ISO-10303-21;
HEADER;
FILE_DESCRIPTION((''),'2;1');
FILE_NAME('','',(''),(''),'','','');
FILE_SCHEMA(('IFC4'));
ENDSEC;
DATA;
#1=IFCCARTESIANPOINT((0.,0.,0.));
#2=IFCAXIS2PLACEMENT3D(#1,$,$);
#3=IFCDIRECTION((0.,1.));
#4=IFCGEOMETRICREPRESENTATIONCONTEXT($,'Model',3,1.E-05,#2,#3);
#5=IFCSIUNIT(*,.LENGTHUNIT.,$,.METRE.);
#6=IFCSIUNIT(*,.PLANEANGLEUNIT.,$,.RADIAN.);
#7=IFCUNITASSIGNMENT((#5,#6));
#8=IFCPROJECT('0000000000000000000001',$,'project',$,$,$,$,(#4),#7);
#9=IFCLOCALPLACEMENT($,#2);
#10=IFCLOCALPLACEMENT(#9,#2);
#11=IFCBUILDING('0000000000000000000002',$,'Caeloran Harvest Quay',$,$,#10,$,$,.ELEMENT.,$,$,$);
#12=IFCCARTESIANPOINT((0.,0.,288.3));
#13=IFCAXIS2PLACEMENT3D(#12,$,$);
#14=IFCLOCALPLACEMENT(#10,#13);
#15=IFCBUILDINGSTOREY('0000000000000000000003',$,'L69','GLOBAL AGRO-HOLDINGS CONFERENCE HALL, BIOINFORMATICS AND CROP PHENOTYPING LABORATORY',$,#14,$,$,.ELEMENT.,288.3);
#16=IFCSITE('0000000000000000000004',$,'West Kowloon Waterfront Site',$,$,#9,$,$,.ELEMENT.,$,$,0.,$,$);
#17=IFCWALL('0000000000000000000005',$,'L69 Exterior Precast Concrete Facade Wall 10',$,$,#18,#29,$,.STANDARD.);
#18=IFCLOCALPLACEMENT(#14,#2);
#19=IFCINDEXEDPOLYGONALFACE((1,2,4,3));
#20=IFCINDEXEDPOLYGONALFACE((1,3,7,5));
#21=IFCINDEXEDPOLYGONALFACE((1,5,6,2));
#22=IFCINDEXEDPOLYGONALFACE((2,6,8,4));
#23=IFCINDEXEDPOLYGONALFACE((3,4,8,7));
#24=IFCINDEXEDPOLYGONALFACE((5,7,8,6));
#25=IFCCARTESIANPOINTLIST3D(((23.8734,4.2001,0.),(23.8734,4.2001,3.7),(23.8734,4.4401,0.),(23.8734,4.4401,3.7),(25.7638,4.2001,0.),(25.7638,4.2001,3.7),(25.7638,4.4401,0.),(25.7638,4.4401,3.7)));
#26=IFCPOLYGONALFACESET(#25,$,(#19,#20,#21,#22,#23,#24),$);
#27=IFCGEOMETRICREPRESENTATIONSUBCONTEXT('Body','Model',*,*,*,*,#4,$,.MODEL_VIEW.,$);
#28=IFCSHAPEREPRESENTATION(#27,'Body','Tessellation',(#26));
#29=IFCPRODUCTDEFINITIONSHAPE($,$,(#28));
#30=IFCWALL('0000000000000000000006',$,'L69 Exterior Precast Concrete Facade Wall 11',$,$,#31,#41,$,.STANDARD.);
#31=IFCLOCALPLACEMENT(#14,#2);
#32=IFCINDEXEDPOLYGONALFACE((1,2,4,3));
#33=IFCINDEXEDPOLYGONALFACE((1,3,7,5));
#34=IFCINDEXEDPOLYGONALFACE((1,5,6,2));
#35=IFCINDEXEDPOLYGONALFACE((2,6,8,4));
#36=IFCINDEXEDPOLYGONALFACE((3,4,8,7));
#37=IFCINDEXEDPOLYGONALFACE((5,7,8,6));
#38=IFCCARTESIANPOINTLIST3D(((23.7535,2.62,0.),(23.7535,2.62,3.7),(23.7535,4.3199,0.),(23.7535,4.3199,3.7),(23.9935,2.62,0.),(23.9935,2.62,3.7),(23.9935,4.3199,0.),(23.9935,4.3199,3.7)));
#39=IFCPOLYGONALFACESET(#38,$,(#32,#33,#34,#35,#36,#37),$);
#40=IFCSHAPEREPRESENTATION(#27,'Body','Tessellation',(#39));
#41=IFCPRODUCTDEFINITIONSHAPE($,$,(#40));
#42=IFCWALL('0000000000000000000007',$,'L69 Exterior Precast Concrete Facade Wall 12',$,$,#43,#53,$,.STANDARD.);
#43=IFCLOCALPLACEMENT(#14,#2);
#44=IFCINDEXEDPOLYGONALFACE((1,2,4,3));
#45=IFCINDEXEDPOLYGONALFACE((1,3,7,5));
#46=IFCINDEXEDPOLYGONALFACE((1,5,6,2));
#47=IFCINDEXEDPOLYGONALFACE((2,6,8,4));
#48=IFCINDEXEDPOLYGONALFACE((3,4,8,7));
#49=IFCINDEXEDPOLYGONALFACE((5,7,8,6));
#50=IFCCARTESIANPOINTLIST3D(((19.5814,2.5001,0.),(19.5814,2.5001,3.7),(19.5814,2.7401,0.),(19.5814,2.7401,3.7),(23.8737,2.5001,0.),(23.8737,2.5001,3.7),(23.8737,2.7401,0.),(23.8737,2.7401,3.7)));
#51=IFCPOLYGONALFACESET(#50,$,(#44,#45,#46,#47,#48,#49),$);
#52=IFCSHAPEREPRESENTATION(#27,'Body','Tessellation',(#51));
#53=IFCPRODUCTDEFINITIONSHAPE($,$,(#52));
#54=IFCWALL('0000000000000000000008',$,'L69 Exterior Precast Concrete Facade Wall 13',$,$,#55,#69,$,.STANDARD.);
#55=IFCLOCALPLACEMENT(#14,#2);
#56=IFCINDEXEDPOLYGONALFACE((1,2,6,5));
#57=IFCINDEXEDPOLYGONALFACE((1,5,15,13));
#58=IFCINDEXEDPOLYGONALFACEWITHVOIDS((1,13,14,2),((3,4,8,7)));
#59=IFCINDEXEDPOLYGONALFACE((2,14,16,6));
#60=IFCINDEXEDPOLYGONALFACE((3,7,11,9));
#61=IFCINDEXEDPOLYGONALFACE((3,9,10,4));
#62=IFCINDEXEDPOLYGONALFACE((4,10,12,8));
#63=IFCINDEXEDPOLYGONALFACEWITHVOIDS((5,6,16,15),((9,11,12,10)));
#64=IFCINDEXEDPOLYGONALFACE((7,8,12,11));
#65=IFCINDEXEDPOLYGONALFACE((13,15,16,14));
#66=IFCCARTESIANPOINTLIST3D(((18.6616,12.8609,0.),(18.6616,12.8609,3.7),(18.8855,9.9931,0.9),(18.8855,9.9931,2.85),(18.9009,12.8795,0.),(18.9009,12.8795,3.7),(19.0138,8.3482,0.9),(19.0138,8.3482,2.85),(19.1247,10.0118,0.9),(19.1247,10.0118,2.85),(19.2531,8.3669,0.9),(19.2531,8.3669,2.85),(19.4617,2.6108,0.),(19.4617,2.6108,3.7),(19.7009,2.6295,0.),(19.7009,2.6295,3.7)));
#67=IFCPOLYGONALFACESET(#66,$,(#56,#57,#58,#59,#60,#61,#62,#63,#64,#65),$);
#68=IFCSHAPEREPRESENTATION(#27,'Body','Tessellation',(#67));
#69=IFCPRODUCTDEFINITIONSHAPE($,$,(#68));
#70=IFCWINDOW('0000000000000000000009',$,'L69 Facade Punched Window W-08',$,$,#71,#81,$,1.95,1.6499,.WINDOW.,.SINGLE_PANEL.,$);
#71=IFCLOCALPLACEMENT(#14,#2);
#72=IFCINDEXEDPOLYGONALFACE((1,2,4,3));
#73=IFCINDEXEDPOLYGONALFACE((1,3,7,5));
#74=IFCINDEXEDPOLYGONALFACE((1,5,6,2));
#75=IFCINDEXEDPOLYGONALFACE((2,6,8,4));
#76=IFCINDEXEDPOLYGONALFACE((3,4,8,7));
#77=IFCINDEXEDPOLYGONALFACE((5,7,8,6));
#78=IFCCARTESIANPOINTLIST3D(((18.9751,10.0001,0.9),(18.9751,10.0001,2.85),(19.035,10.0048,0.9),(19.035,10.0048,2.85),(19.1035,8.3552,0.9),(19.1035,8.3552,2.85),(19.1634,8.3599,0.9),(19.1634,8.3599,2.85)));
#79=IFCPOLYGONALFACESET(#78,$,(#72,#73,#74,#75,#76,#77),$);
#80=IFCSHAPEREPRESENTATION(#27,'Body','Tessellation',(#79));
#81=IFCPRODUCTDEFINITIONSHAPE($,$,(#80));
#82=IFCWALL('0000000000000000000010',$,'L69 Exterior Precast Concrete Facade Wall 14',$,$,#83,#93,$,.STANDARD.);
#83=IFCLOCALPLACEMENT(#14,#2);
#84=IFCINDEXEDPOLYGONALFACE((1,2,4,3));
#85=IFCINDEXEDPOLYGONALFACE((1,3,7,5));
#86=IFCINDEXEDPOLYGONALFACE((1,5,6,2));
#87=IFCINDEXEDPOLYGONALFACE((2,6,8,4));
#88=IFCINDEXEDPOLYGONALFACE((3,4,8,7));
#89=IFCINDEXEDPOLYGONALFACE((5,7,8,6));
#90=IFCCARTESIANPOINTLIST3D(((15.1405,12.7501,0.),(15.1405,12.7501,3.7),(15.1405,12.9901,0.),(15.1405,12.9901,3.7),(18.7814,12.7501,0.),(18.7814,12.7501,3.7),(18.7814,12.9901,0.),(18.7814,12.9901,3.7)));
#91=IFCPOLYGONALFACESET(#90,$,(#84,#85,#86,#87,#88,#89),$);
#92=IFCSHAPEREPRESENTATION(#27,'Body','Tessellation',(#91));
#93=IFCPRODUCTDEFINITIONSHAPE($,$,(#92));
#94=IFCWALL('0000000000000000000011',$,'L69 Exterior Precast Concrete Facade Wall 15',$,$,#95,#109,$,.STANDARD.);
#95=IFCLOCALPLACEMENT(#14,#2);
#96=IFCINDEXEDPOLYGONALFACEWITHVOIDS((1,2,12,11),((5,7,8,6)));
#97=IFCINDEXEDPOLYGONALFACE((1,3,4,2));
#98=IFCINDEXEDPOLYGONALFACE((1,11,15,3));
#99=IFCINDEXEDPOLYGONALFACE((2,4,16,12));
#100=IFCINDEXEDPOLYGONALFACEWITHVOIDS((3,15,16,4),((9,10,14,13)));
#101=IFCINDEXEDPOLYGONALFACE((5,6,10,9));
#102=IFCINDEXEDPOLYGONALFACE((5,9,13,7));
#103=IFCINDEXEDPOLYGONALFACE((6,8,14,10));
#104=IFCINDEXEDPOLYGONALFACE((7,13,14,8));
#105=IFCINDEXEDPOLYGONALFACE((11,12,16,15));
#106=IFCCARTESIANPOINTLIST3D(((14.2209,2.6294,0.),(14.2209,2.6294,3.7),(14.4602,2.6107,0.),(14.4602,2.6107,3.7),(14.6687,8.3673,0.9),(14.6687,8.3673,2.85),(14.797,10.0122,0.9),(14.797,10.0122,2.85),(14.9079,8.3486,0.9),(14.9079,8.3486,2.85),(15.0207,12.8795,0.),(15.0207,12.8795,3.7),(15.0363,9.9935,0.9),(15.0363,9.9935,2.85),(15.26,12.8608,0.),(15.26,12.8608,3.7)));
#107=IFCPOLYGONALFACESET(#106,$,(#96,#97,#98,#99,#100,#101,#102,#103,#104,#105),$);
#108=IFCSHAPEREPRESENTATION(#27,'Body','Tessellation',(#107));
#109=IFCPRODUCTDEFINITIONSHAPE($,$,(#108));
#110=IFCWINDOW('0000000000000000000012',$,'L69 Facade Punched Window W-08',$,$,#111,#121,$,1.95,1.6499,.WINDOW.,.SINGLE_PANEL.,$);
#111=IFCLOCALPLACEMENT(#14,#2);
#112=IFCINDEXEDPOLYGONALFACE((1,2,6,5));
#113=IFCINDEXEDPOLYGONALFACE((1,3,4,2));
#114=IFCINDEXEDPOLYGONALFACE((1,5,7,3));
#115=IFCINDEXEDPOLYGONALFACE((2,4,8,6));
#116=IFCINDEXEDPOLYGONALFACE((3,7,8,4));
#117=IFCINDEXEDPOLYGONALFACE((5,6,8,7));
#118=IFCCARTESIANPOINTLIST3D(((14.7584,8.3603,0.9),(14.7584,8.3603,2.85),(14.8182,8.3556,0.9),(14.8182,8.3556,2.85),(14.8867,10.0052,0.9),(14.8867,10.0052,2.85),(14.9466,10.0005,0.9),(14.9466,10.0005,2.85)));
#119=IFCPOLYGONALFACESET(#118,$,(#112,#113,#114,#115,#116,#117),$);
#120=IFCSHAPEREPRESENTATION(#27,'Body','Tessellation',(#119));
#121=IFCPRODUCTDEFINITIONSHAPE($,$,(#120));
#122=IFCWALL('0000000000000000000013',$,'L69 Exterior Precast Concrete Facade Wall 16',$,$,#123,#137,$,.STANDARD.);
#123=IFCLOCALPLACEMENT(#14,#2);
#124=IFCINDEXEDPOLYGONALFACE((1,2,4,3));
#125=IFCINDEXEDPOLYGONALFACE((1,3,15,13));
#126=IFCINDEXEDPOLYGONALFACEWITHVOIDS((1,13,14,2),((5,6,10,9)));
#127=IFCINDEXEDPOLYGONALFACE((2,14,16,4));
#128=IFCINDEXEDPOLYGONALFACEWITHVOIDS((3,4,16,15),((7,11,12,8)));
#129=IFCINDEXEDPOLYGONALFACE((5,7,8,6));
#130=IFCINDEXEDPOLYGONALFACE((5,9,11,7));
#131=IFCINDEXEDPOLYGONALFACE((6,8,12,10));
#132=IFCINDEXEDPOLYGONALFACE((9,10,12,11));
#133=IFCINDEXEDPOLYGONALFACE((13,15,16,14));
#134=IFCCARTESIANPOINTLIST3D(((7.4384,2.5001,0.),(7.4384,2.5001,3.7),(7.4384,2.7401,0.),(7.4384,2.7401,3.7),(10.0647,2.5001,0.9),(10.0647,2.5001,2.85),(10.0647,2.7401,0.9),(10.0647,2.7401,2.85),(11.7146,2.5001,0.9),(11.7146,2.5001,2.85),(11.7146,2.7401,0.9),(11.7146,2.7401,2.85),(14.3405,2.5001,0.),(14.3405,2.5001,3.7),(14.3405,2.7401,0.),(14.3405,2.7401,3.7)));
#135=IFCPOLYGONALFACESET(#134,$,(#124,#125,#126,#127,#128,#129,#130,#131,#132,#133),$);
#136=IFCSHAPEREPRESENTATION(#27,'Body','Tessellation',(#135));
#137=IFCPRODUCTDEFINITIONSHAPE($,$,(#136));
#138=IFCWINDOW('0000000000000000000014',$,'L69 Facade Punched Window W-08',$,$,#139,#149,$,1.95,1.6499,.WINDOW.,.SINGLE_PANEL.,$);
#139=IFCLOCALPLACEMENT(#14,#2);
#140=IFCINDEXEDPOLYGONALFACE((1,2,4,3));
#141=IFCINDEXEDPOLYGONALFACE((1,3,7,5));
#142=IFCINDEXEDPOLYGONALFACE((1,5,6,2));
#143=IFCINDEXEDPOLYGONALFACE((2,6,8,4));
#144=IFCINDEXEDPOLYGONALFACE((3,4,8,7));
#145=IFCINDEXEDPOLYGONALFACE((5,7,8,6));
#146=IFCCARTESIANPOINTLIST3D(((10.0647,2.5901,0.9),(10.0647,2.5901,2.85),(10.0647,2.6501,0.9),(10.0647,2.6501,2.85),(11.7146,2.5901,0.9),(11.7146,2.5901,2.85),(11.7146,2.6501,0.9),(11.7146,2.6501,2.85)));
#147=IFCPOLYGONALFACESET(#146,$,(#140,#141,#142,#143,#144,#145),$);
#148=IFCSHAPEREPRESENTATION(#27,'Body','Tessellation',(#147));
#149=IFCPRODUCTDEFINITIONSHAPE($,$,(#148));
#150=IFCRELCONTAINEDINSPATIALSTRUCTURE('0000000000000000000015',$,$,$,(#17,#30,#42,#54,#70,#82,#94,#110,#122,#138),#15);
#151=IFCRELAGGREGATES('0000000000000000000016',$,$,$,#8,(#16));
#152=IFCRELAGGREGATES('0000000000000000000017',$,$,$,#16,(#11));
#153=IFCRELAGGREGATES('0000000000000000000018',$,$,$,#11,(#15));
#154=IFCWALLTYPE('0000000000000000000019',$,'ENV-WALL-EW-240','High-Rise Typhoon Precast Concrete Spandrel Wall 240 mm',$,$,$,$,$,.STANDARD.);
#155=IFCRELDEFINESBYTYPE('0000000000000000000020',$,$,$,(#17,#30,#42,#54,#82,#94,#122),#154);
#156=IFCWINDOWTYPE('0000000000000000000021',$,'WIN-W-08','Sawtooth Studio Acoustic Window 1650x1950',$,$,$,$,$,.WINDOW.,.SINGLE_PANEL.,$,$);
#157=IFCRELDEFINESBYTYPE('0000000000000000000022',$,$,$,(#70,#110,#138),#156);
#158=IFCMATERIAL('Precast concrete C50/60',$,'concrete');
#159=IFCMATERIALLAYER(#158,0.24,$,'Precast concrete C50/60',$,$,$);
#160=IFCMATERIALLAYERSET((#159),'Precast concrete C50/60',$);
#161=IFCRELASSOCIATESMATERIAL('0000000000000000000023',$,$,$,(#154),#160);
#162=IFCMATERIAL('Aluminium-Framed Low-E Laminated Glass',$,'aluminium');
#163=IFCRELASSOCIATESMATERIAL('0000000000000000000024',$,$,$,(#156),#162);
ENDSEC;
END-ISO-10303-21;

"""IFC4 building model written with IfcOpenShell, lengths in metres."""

from ifc_helpers import new_model, si_unit, direction, frame, frame_2d, origin, place, context, subcontext, project, spatial, rectangle, extrude, material, layer, layer_set, type_object, element, fill, save


model = new_model("IFC4")

# Units and contexts
model_context = context("Model", 3, precision=1e-05, world=origin(), true_north=direction((0.0, 1.0)))
body_context = subcontext(model_context, "Body", "Model", "MODEL_VIEW")
ifc_project = project(units=[si_unit("LENGTHUNIT", "METRE"), si_unit("PLANEANGLEUNIT", "RADIAN")], contexts=[model_context])

# Site, building, storey
site_placement = place(None, origin())
site = spatial("IfcSite", under=ifc_project, at=site_placement, Name="West Kowloon Waterfront Site", CompositionType="ELEMENT", RefElevation=0.0)
building_placement = place(site_placement, origin())
building = spatial("IfcBuilding", under=site, at=building_placement, Name="Caeloran Harvest Quay", CompositionType="ELEMENT")
storey_placement = place(building_placement, frame((0.0, 0.0, 288.3)))
storey = spatial("IfcBuildingStorey", under=building, at=storey_placement, Name="L69", Description="GLOBAL AGRO-HOLDINGS CONFERENCE HALL, BIOINFORMATICS AND CROP PHENOTYPING LABORATORY", CompositionType="ELEMENT", Elevation=288.3)

# Walls
ifc_material_1 = material(Name="Precast concrete C50/60", Category="concrete")
ifc_layer_1 = layer(ifc_material_1, 0.24, Name="Precast concrete C50/60")
ifc_layer_set_1 = layer_set([ifc_layer_1], Name="Precast concrete C50/60")
wall_type = type_object("IfcWallType", Name="ENV-WALL-EW-240", Description="High-Rise Typhoon Precast Concrete Spandrel Wall 240 mm", PredefinedType="STANDARD", material=ifc_layer_set_1)
wall_1_placement = place(storey_placement, frame((25.7639, 4.3201, 0.0), z_axis=(0.0, 0.0, 1.0), x_axis=(-1.0, 0.0, 0.0)))
element("IfcWall", 1, at=wall_1_placement, inside=storey, type_object=wall_type, Name="L69 Exterior Precast Concrete Facade Wall 10", PredefinedType="STANDARD", context=body_context, shape_type="SweptSolid", body=[
    extrude(rectangle(XDim=1.8904, YDim=0.24, at=frame_2d((0.9453, 0.0))), origin(), (0.0, 0.0, 1.0), 3.7),
])
wall_2_placement = place(storey_placement, frame((23.8735, 4.3201, 0.0), z_axis=(0.0, 0.0, 1.0), x_axis=(0.0, -1.0, 0.0)))
element("IfcWall", 2, at=wall_2_placement, inside=storey, type_object=wall_type, Name="L69 Exterior Precast Concrete Facade Wall 11", PredefinedType="STANDARD", context=body_context, shape_type="SweptSolid", body=[
    extrude(rectangle(XDim=1.7, YDim=0.24, at=frame_2d((0.8501, 0.0))), origin(), (0.0, 0.0, 1.0), 3.7),
])
wall_3_placement = place(storey_placement, frame((23.8735, 2.6201, 0.0), z_axis=(0.0, 0.0, 1.0), x_axis=(-1.0, 0.0, 0.0)))
element("IfcWall", 3, at=wall_3_placement, inside=storey, type_object=wall_type, Name="L69 Exterior Precast Concrete Facade Wall 12", PredefinedType="STANDARD", context=body_context, shape_type="SweptSolid", body=[
    extrude(rectangle(XDim=4.2922, YDim=0.24, at=frame_2d((2.146, 0.0))), origin(), (0.0, 0.0, 1.0), 3.7),
])

# Wall, opening, window
wall_4_placement = place(storey_placement, frame((19.5813, 2.6201, 0.0), z_axis=(0.0, 0.0, 1.0), x_axis=(-0.077817, 0.996968, 0.0)))
wall_4 = element("IfcWall", 4, at=wall_4_placement, inside=storey, type_object=wall_type, Name="L69 Exterior Precast Concrete Facade Wall 13", PredefinedType="STANDARD", context=body_context, shape_type="SweptSolid", body=[
    extrude(rectangle(XDim=10.2812, YDim=0.24, at=frame_2d((5.1406, 0.0))), origin(), (0.0, 0.0, 1.0), 3.7),
])
opening_1_placement = place(wall_4_placement, frame((5.7549, 0.0, 0.8999)))
opening_1 = element("IfcOpeningElement", 5, at=opening_1_placement, cuts=wall_4, PredefinedType="OPENING", context=body_context, shape_type="SweptSolid", body=[
    extrude(rectangle(XDim=1.6499, YDim=1.95, at=frame_2d((0.825, 0.9751))), frame((0.0, 0.1299, 0.0), z_axis=(0.0, -1.0, 0.0), x_axis=(1.0, 0.0, 0.0)), (0.0, 0.0, 1.0), 0.26),
])
ifc_material_2 = material(Name="Aluminium-Framed Low-E Laminated Glass", Category="aluminium")
window_type = type_object("IfcWindowType", Name="WIN-W-08", Description="Sawtooth Studio Acoustic Window 1650x1950", PartitioningType="SINGLE_PANEL", PredefinedType="WINDOW", material=ifc_material_2)
window_1_placement = place(opening_1_placement, origin())
window_1 = element("IfcWindow", 6, at=window_1_placement, inside=storey, type_object=window_type, Name="L69 Facade Punched Window W-08", OverallHeight=1.95, OverallWidth=1.6499, PartitioningType="SINGLE_PANEL", PredefinedType="WINDOW", context=body_context, shape_type="SweptSolid", body=[
    extrude(rectangle(XDim=1.6499, YDim=1.95, at=frame_2d((0.825, 0.9751))), frame((0.0, 0.03, 0.0), z_axis=(0.0, -1.0, 0.0), x_axis=(1.0, 0.0, 0.0)), (0.0, 0.0, 1.0), 0.0601),
])
fill(opening_1, window_1)

# Wall
wall_5_placement = place(storey_placement, frame((18.7812, 12.8701, 0.0), z_axis=(0.0, 0.0, 1.0), x_axis=(-1.0, 0.0, 0.0)))
element("IfcWall", 7, at=wall_5_placement, inside=storey, type_object=wall_type, Name="L69 Exterior Precast Concrete Facade Wall 14", PredefinedType="STANDARD", context=body_context, shape_type="SweptSolid", body=[
    extrude(rectangle(XDim=3.6409, YDim=0.24, at=frame_2d((1.8203, 0.0))), origin(), (0.0, 0.0, 1.0), 3.7),
])

# Walls, openings, windows
wall_6_placement = place(storey_placement, frame((15.1404, 12.8701, 0.0), z_axis=(0.0, 0.0, 1.0), x_axis=(-0.077793, -0.99697, 0.0)))
wall_6 = element("IfcWall", 8, at=wall_6_placement, inside=storey, type_object=wall_type, Name="L69 Exterior Precast Concrete Facade Wall 15", PredefinedType="STANDARD", context=body_context, shape_type="SweptSolid", body=[
    extrude(rectangle(XDim=10.2812, YDim=0.24, at=frame_2d((5.1406, 0.0))), origin(), (0.0, 0.0, 1.0), 3.7),
])
opening_2_placement = place(wall_6_placement, frame((2.876, 0.0, 0.8999)))
opening_2 = element("IfcOpeningElement", 9, at=opening_2_placement, cuts=wall_6, PredefinedType="OPENING", context=body_context, shape_type="SweptSolid", body=[
    extrude(rectangle(XDim=1.6499, YDim=1.95, at=frame_2d((0.825, 0.9751))), frame((0.0, 0.1299, 0.0), z_axis=(0.0, -1.0, 0.0), x_axis=(1.0, 0.0, 0.0)), (0.0, 0.0, 1.0), 0.26),
])
window_2_placement = place(opening_2_placement, origin())
window_2 = element("IfcWindow", 10, at=window_2_placement, inside=storey, type_object=window_type, Name="L69 Facade Punched Window W-08", OverallHeight=1.95, OverallWidth=1.6499, PartitioningType="SINGLE_PANEL", PredefinedType="WINDOW", context=body_context, shape_type="SweptSolid", body=[
    extrude(rectangle(XDim=1.6499, YDim=1.95, at=frame_2d((0.825, 0.9751))), frame((0.0, 0.03, 0.0), z_axis=(0.0, -1.0, 0.0), x_axis=(1.0, 0.0, 0.0)), (0.0, 0.0, 1.0), 0.0601),
])
fill(opening_2, window_2)
wall_7_placement = place(storey_placement, frame((14.3406, 2.6201, 0.0), z_axis=(0.0, 0.0, 1.0), x_axis=(-1.0, 0.0, 0.0)))
wall_7 = element("IfcWall", 11, at=wall_7_placement, inside=storey, type_object=wall_type, Name="L69 Exterior Precast Concrete Facade Wall 16", PredefinedType="STANDARD", context=body_context, shape_type="SweptSolid", body=[
    extrude(rectangle(XDim=6.9021, YDim=0.24, at=frame_2d((3.4512, 0.0))), origin(), (0.0, 0.0, 1.0), 3.7),
])
opening_3_placement = place(wall_7_placement, frame((2.626, 0.0, 0.8999)))
opening_3 = element("IfcOpeningElement", 12, at=opening_3_placement, cuts=wall_7, PredefinedType="OPENING", context=body_context, shape_type="SweptSolid", body=[
    extrude(rectangle(XDim=1.6499, YDim=1.95, at=frame_2d((0.825, 0.9751))), frame((0.0, 0.1299, 0.0), z_axis=(0.0, -1.0, 0.0), x_axis=(1.0, 0.0, 0.0)), (0.0, 0.0, 1.0), 0.26),
])
window_3_placement = place(opening_3_placement, origin())
window_3 = element("IfcWindow", 13, at=window_3_placement, inside=storey, type_object=window_type, Name="L69 Facade Punched Window W-08", OverallHeight=1.95, OverallWidth=1.6499, PartitioningType="SINGLE_PANEL", PredefinedType="WINDOW", context=body_context, shape_type="SweptSolid", body=[
    extrude(rectangle(XDim=1.6499, YDim=1.95, at=frame_2d((0.825, 0.9751))), frame((0.0, 0.03, 0.0), z_axis=(0.0, -1.0, 0.0), x_axis=(1.0, 0.0, 0.0)), (0.0, 0.0, 1.0), 0.0601),
])
fill(opening_3, window_3)

save(model, "model.ifc")
